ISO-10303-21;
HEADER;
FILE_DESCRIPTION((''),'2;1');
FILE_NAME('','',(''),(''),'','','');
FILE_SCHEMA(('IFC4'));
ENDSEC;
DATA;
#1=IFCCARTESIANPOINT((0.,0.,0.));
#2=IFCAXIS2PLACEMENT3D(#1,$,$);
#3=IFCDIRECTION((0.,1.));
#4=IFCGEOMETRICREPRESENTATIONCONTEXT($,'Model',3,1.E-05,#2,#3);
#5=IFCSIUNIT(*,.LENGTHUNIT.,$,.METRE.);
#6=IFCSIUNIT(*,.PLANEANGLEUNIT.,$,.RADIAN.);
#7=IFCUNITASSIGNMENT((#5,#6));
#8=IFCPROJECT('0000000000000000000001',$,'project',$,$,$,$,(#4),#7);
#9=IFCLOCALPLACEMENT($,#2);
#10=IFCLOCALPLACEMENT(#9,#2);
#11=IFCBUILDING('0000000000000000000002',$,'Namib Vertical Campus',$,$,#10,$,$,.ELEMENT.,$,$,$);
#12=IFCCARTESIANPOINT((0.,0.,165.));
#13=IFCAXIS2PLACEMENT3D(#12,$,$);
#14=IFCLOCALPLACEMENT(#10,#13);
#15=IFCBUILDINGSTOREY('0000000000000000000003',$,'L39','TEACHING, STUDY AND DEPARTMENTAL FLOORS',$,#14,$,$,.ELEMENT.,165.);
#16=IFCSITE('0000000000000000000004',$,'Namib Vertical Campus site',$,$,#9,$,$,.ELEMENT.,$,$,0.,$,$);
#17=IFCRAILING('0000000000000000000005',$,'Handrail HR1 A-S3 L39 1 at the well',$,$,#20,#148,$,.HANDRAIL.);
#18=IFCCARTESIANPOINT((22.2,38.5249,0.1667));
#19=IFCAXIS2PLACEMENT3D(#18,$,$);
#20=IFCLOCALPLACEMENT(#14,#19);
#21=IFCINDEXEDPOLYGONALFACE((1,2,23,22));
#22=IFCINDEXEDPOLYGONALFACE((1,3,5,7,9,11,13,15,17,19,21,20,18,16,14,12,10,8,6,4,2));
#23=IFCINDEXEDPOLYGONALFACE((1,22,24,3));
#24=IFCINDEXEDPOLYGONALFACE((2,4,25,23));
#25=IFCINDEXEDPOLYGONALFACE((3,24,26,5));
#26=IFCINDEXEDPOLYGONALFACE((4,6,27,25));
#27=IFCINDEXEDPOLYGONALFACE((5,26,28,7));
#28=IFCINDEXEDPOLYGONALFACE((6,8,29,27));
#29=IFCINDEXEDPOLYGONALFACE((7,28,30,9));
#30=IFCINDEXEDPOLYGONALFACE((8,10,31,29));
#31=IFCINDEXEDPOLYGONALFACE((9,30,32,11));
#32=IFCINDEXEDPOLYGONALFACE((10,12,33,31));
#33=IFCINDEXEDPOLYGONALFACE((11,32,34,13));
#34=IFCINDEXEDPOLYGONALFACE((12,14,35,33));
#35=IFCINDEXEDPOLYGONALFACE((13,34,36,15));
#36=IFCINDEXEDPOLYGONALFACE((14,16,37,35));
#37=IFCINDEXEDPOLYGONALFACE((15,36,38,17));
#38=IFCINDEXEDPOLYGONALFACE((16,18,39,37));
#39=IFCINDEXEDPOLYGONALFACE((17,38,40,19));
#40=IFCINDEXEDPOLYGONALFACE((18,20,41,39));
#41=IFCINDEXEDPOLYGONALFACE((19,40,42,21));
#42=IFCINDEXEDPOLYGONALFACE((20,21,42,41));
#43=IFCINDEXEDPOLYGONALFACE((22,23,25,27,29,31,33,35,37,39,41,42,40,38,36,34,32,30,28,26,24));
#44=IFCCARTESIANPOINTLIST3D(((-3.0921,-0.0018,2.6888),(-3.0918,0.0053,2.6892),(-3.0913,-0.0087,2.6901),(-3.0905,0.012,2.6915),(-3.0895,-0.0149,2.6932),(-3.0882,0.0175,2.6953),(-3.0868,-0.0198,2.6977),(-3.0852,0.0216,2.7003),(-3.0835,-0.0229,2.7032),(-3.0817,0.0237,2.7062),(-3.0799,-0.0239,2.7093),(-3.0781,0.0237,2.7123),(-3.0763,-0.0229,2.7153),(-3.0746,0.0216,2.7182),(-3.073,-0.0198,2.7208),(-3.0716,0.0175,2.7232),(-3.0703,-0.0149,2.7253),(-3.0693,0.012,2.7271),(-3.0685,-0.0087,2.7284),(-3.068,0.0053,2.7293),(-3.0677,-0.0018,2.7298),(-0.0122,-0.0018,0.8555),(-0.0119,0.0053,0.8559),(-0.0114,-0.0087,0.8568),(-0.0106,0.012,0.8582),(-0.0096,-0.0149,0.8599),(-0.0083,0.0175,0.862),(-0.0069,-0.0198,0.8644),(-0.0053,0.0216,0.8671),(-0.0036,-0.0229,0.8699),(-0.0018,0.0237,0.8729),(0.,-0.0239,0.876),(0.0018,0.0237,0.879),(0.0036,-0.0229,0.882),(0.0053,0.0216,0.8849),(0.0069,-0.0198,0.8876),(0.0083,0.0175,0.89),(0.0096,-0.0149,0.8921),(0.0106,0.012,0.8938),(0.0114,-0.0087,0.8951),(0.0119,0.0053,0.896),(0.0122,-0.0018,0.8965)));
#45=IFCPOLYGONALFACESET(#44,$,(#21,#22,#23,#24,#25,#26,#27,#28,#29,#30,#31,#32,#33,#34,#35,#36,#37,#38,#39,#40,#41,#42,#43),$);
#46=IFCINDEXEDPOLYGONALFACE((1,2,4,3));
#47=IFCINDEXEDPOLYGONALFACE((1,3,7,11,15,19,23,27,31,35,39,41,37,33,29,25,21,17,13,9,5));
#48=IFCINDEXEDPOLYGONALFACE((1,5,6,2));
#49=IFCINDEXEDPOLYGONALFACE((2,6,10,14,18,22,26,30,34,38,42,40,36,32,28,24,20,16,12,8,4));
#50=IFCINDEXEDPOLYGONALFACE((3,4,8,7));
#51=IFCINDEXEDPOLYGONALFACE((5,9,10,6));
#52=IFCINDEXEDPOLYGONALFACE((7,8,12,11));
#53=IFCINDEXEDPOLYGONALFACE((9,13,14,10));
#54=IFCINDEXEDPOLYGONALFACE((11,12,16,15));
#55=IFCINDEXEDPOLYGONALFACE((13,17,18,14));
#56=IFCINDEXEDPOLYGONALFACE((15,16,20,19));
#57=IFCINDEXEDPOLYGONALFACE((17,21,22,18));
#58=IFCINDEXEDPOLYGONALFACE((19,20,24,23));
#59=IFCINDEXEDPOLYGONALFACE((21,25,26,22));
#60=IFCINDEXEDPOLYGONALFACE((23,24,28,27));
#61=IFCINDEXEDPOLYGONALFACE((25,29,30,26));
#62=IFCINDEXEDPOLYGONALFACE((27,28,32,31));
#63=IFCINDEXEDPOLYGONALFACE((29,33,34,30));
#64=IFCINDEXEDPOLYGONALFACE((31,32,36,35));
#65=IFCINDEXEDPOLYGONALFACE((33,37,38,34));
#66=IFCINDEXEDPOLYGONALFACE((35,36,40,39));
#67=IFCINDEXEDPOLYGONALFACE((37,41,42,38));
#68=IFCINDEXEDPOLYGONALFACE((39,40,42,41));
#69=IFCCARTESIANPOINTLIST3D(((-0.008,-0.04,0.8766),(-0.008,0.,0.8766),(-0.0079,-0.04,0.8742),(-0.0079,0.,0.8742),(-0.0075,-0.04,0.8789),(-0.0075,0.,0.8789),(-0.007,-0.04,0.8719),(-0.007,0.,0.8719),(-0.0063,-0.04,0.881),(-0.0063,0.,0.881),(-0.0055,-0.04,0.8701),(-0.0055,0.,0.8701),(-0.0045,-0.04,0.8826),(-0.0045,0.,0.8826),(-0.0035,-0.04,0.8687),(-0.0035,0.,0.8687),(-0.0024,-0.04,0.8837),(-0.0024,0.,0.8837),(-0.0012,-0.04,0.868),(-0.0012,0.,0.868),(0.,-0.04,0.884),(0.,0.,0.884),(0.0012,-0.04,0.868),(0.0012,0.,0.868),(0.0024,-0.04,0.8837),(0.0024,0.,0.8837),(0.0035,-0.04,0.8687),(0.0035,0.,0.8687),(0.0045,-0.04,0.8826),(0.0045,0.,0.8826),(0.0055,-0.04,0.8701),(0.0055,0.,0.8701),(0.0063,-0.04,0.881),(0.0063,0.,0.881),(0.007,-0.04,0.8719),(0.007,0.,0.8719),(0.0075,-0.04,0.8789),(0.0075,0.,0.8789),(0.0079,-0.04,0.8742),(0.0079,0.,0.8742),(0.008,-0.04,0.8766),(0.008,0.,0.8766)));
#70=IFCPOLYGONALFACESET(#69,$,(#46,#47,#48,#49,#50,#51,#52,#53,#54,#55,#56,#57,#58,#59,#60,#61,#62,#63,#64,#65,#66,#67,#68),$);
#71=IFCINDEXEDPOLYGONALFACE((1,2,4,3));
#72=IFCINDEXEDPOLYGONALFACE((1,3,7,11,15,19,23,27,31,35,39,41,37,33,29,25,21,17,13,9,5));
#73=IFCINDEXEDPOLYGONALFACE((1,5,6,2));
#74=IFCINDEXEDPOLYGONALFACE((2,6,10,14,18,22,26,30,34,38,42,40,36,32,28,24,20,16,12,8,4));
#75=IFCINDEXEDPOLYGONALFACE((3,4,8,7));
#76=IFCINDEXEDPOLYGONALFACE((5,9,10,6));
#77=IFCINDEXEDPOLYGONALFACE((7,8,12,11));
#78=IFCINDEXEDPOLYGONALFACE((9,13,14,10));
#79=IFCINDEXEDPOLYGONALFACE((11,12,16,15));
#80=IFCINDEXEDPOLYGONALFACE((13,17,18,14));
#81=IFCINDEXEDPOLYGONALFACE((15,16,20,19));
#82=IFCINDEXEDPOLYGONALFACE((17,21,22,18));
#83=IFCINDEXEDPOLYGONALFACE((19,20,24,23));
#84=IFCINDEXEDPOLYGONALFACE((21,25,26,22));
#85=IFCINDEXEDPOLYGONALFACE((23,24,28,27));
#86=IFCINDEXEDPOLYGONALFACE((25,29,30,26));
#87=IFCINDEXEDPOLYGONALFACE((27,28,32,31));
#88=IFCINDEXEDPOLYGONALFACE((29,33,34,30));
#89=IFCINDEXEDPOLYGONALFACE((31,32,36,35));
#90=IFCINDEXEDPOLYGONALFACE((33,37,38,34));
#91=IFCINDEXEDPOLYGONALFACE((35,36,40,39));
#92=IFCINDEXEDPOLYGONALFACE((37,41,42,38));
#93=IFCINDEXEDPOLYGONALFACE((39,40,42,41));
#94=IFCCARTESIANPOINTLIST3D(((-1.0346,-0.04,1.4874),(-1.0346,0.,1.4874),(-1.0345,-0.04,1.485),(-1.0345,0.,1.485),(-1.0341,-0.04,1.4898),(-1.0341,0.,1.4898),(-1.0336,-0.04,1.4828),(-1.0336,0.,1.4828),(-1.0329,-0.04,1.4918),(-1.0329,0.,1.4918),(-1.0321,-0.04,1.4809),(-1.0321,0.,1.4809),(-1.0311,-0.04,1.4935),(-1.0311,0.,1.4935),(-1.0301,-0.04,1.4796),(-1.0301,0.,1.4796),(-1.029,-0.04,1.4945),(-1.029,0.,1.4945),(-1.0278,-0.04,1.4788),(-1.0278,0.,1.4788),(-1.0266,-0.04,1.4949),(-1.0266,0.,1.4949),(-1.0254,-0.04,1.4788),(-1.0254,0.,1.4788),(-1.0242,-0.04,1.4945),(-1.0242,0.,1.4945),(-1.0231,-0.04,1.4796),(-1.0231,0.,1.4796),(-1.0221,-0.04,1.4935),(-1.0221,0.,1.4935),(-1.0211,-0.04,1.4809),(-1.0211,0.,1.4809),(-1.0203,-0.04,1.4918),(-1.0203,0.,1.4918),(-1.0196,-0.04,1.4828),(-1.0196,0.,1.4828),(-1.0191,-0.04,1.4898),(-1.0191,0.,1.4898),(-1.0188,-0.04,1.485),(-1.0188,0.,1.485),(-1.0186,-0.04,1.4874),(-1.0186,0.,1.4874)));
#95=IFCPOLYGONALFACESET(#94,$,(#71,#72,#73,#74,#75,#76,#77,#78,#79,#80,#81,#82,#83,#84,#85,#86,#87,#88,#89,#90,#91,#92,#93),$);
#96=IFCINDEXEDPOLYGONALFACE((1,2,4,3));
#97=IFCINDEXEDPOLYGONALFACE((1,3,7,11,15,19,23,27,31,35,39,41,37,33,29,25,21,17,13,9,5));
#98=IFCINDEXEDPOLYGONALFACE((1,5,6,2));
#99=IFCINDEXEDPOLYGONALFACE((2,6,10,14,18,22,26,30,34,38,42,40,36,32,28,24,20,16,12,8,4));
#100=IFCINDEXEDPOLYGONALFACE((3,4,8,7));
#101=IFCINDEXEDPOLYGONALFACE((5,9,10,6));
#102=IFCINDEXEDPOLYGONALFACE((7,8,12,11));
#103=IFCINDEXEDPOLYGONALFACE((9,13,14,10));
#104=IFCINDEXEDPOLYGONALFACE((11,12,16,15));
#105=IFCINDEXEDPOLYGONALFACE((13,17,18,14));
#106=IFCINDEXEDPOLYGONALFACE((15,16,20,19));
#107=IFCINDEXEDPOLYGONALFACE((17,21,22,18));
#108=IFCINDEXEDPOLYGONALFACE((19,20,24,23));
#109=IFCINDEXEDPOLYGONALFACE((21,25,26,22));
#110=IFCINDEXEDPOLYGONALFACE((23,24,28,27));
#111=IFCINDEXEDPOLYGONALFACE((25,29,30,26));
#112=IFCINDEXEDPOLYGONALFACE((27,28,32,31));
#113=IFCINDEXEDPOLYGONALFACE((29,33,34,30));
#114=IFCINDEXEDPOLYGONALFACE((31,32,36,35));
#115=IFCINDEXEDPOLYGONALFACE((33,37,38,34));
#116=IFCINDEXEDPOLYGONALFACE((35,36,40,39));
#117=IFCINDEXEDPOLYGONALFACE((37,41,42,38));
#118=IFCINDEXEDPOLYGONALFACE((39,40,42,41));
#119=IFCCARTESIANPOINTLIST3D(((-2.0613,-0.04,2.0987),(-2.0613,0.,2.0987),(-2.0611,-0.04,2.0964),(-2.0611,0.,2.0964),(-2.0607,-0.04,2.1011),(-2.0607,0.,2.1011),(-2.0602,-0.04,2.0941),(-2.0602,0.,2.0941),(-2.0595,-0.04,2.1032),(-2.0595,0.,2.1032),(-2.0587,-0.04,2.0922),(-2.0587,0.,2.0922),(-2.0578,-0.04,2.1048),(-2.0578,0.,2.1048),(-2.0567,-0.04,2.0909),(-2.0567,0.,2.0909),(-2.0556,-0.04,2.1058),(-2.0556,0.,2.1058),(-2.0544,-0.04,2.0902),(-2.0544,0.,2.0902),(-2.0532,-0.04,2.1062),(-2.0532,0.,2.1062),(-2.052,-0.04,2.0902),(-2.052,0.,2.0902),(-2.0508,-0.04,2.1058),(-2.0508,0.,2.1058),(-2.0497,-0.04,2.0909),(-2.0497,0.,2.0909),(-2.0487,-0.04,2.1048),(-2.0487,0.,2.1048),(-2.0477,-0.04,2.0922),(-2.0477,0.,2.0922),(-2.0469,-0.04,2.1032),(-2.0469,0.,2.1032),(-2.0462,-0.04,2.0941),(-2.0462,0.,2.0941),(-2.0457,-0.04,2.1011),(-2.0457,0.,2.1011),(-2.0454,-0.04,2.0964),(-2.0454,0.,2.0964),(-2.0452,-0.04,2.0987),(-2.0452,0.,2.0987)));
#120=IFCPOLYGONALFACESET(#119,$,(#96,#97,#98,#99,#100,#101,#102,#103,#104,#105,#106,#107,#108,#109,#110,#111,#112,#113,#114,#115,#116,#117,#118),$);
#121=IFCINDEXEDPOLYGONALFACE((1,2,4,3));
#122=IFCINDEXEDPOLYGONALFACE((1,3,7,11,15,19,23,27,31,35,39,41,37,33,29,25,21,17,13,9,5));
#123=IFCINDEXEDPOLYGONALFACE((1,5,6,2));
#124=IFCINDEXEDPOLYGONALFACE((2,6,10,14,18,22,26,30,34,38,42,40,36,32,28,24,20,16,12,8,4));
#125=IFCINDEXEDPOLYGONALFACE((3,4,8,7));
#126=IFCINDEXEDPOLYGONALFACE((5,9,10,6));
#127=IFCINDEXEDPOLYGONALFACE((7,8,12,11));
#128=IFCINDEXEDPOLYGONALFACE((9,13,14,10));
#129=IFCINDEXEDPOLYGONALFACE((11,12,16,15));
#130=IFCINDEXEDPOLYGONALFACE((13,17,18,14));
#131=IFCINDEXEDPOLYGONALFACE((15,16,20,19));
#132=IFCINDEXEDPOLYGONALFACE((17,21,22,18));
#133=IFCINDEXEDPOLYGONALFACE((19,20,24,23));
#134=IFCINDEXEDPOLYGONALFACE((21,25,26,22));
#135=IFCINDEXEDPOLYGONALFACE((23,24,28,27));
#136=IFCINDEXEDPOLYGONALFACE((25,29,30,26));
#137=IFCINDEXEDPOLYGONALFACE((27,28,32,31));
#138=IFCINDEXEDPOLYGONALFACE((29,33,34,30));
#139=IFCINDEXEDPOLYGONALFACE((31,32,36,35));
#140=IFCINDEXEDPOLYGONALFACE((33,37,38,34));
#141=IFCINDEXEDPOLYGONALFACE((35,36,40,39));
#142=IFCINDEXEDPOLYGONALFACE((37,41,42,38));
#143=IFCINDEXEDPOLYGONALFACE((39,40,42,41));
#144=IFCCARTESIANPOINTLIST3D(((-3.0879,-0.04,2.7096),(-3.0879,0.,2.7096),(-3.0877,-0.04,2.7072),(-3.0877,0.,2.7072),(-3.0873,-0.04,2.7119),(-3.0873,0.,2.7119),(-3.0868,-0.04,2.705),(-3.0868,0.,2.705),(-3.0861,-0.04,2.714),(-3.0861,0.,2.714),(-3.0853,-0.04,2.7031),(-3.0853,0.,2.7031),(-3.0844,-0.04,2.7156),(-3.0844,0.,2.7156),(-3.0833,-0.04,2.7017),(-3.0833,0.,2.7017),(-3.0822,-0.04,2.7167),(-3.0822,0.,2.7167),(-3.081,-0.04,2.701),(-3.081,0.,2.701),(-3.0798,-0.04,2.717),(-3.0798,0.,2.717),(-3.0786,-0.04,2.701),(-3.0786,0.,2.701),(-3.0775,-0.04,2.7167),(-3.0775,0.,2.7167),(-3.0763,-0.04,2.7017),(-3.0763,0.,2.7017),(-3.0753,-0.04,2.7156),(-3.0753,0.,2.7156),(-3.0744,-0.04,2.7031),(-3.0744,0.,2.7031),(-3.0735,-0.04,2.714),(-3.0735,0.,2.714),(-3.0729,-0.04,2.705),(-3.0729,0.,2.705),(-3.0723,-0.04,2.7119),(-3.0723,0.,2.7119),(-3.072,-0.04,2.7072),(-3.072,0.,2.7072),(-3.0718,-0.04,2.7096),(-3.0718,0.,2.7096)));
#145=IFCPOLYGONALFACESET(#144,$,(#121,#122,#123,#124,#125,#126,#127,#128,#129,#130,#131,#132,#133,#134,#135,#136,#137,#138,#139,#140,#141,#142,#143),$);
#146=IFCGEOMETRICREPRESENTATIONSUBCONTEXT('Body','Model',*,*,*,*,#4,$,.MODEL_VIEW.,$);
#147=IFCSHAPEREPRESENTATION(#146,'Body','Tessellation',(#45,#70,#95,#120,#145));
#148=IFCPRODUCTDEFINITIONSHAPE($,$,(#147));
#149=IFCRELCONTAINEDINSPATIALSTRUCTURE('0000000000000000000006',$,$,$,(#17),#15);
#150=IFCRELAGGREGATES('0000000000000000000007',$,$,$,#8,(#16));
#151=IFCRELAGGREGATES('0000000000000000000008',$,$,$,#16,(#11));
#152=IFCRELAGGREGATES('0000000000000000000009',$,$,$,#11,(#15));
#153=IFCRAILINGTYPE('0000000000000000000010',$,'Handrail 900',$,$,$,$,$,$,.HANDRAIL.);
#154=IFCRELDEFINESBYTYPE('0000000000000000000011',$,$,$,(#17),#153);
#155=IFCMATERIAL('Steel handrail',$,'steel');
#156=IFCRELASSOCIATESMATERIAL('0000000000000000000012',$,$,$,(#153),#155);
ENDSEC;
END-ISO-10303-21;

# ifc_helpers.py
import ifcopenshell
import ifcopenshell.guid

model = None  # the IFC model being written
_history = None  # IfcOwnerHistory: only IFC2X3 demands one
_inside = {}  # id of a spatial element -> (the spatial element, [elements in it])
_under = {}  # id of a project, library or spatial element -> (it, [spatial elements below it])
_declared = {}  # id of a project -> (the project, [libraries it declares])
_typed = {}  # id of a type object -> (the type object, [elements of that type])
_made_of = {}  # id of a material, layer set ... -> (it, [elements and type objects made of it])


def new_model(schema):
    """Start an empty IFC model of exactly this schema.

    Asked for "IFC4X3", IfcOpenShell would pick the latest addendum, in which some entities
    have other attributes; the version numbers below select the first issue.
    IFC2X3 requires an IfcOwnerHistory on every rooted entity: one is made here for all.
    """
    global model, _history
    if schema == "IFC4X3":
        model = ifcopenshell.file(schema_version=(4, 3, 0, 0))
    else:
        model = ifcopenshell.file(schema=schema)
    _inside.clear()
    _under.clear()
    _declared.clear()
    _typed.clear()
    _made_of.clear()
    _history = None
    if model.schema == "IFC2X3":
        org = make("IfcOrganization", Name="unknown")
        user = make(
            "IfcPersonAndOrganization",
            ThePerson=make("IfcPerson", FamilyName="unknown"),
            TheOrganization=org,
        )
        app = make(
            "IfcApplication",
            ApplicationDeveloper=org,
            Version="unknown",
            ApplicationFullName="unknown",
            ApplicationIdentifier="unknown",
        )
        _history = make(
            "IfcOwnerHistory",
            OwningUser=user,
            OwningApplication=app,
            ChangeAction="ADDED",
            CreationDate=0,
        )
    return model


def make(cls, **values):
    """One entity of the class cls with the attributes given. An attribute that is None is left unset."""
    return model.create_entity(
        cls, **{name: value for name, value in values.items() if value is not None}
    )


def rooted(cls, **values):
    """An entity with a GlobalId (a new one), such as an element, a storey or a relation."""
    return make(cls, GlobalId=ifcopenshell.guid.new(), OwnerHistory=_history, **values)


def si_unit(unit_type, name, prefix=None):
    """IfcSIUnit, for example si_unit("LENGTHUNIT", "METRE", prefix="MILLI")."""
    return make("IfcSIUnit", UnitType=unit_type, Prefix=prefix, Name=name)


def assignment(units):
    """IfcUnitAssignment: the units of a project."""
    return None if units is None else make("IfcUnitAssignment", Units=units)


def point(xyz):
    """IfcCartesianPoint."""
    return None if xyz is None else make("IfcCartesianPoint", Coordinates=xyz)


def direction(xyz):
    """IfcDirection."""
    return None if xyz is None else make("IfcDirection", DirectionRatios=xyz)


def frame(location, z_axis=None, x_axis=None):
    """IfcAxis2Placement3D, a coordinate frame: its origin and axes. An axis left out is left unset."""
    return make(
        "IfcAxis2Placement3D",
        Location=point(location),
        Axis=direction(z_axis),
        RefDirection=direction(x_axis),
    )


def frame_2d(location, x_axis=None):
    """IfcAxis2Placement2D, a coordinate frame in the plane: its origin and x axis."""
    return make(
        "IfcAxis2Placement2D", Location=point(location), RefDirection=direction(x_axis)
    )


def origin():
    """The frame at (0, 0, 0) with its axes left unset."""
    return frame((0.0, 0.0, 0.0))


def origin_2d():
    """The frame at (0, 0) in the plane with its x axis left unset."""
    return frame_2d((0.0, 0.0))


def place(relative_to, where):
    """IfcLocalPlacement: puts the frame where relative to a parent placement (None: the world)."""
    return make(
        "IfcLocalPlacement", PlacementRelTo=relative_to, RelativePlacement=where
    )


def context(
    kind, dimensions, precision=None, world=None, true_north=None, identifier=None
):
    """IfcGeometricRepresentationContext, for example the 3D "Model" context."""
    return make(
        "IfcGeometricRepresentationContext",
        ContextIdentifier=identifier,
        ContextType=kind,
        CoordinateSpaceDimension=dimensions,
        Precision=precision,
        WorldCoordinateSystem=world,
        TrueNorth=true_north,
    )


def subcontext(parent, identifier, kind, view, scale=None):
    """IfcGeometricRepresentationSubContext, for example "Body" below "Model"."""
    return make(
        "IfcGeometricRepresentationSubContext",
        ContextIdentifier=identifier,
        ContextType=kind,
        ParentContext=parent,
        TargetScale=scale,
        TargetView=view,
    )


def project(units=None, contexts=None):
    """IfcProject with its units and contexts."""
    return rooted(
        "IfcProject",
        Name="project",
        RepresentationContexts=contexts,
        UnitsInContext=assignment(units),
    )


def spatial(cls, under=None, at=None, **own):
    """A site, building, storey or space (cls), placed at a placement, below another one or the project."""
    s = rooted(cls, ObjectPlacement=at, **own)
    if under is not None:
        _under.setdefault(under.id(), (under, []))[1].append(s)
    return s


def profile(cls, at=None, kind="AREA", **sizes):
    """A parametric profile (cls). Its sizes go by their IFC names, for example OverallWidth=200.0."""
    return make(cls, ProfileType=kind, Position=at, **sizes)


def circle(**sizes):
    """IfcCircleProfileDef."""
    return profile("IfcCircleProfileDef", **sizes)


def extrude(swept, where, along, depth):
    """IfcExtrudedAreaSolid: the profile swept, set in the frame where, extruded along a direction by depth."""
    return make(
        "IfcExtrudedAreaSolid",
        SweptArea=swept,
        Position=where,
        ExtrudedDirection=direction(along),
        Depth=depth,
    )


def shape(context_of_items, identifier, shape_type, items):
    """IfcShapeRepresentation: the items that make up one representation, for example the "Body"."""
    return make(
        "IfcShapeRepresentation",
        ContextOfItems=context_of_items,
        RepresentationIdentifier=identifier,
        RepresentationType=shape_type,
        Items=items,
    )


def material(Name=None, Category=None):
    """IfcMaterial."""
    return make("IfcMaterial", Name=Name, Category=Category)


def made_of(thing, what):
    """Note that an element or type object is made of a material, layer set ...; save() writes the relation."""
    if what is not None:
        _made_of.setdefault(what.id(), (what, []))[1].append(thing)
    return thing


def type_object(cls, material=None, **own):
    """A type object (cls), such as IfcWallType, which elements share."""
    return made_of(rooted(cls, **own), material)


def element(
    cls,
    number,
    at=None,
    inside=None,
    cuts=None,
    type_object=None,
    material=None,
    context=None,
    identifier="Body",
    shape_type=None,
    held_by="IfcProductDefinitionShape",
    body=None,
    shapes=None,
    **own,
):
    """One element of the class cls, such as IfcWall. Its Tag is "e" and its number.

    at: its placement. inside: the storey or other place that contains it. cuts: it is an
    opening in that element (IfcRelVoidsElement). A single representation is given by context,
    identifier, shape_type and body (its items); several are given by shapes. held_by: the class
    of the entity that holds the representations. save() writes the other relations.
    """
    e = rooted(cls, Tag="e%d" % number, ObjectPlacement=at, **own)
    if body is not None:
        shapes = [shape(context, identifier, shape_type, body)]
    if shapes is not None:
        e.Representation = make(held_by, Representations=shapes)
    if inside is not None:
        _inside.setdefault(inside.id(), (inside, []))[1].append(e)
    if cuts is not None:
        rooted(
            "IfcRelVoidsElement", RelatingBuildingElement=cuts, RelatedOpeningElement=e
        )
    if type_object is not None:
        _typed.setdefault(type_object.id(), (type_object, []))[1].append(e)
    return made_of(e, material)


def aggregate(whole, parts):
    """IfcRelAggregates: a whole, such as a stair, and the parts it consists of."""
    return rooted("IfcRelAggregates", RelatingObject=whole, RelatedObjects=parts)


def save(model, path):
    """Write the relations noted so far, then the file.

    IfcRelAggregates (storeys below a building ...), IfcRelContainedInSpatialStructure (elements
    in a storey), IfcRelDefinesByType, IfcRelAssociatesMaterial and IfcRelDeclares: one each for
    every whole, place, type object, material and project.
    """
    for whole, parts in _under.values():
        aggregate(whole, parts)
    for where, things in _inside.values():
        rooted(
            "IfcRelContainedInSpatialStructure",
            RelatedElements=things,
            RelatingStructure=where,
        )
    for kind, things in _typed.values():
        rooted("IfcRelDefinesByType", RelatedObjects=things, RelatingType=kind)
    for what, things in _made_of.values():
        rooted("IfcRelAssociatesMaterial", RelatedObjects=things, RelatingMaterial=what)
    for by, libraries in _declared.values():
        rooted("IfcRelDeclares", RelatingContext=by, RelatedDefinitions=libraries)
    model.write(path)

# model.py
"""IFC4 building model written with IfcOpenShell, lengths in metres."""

from ifc_helpers import new_model, si_unit, direction, frame, origin, origin_2d, place, context, subcontext, project, spatial, circle, extrude, material, type_object, element, save


model = new_model("IFC4")

# Units and contexts
model_context = context("Model", 3, precision=1e-05, world=origin(), true_north=direction((0.0, 1.0)))
body_context = subcontext(model_context, "Body", "Model", "MODEL_VIEW")
ifc_project = project(units=[si_unit("LENGTHUNIT", "METRE"), si_unit("PLANEANGLEUNIT", "RADIAN")], contexts=[model_context])

# Site, building, storey
site_placement = place(None, origin())
site = spatial("IfcSite", under=ifc_project, at=site_placement, Name="Namib Vertical Campus site", CompositionType="ELEMENT", RefElevation=0.0)
building_placement = place(site_placement, origin())
building = spatial("IfcBuilding", under=site, at=building_placement, Name="Namib Vertical Campus", CompositionType="ELEMENT")
storey_placement = place(building_placement, frame((0.0, 0.0, 165.0)))
storey = spatial("IfcBuildingStorey", under=building, at=storey_placement, Name="L39", Description="TEACHING, STUDY AND DEPARTMENTAL FLOORS", CompositionType="ELEMENT", Elevation=165.0)

# Railing
ifc_material_1 = material(Name="Steel handrail", Category="steel")
railing_type_1 = type_object("IfcRailingType", Name="Handrail 900", PredefinedType="HANDRAIL", material=ifc_material_1)
railing_1_placement = place(storey_placement, frame((22.2, 38.5249, 0.1667)))
element("IfcRailing", 1, at=railing_1_placement, inside=storey, type_object=railing_type_1, Name="Handrail HR1 A-S3 L39 1 at the well", PredefinedType="HANDRAIL", context=body_context, shape_type="SweptSolid", body=[
    extrude(circle(Radius=0.0239, at=origin_2d()), frame((0.0, 0.0, 0.876), z_axis=(-0.859291, 0.0, 0.511487), x_axis=(0.0, -1.0, 0.0)), (0.0, 0.0, 1.0), 3.5842),
    extrude(circle(Radius=0.0081, at=origin_2d()), frame((0.0, 0.0, 0.876), z_axis=(0.0, -1.0, 0.0), x_axis=(0.0, 0.0, 1.0)), (0.0, 0.0, 1.0), 0.04),
    extrude(circle(Radius=0.0081, at=origin_2d()), frame((-1.0266, 0.0, 1.4868), z_axis=(0.0, -1.0, 0.0), x_axis=(0.0, 0.0, 1.0)), (0.0, 0.0, 1.0), 0.04),
    extrude(circle(Radius=0.0081, at=origin_2d()), frame((-2.0532, 0.0, 2.0981), z_axis=(0.0, -1.0, 0.0), x_axis=(0.0, 0.0, 1.0)), (0.0, 0.0, 1.0), 0.04),
    extrude(circle(Radius=0.0081, at=origin_2d()), frame((-3.0798, 0.0, 2.709), z_axis=(0.0, -1.0, 0.0), x_axis=(0.0, 0.0, 1.0)), (0.0, 0.0, 1.0), 0.04),
])

save(model, "model.ifc")
